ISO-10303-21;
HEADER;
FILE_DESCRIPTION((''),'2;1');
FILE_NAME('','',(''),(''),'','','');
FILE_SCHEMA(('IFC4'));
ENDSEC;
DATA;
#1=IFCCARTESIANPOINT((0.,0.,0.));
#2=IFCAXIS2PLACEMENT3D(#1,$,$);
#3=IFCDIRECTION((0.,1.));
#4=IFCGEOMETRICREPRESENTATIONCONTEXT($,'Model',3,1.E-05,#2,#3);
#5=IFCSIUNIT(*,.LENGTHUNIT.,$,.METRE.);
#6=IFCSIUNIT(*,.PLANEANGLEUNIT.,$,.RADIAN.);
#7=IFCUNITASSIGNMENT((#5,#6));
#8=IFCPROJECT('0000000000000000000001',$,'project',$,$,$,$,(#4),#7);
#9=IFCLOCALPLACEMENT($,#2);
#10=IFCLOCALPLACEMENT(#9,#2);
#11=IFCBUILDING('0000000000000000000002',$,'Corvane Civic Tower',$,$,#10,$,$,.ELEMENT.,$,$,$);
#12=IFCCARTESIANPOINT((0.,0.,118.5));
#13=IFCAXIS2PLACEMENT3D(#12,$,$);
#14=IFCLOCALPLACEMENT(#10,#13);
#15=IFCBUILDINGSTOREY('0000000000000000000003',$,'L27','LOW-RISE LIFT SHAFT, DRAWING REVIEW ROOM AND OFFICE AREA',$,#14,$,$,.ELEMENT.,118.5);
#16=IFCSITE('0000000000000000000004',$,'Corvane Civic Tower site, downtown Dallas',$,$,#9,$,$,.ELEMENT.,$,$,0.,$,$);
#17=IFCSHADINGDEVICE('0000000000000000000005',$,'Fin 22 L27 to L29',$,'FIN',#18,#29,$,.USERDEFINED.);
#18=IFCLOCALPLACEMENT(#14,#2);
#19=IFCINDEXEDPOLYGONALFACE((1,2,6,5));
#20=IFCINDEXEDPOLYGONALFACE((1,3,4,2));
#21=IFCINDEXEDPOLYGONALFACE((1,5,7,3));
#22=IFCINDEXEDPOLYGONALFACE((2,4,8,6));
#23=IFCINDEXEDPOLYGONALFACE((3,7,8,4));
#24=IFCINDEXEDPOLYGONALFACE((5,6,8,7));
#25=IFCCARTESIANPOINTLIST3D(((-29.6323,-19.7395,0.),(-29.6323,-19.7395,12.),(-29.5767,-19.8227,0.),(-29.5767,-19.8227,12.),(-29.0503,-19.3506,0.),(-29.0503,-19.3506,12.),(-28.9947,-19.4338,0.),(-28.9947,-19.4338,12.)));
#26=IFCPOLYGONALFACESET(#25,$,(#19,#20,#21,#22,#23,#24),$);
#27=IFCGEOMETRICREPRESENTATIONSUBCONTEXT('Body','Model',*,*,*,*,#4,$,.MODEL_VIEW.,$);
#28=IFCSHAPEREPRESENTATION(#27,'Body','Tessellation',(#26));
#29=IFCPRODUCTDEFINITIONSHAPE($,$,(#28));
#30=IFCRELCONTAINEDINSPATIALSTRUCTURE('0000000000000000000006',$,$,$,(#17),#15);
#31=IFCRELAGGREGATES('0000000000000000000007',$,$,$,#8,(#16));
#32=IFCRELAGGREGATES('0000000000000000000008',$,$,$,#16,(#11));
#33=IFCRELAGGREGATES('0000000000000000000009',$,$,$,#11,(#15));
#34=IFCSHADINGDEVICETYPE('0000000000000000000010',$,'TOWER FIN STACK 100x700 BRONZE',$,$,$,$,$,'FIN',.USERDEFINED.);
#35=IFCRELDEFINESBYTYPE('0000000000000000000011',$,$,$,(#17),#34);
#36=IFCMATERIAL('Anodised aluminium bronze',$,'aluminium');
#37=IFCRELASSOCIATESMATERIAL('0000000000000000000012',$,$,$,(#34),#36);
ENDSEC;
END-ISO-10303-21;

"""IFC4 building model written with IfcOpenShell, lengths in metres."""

from ifc_helpers import new_model, si_unit, direction, frame, origin, origin_2d, place, context, subcontext, project, spatial, rectangle, extrude, material, material_profile, profile_set, type_object, element, save


model = new_model("IFC4")

# Units and contexts
model_context = context("Model", 3, precision=1e-05, world=origin(), true_north=direction((0.0, 1.0)))
body_context = subcontext(model_context, "Body", "Model", "MODEL_VIEW")
ifc_project = project(units=[si_unit("LENGTHUNIT", "METRE"), si_unit("PLANEANGLEUNIT", "RADIAN")], contexts=[model_context])

# Site, building, storey
site_placement = place(None, origin())
site = spatial("IfcSite", under=ifc_project, at=site_placement, Name="Corvane Civic Tower site, downtown Dallas", CompositionType="ELEMENT", RefElevation=0.0)
building_placement = place(site_placement, origin())
building = spatial("IfcBuilding", under=site, at=building_placement, Name="Corvane Civic Tower", CompositionType="ELEMENT")
storey_placement = place(building_placement, frame((0.0, 0.0, 118.5)))
storey = spatial("IfcBuildingStorey", under=building, at=storey_placement, Name="L27", Description="LOW-RISE LIFT SHAFT, DRAWING REVIEW ROOM AND OFFICE AREA", CompositionType="ELEMENT", Elevation=118.5)

# Shading device
ifc_material_1 = material(Name="Anodised aluminium bronze", Category="aluminium")
ifc_material_profile_1 = material_profile(ifc_material_1, rectangle(XDim=0.1001, YDim=0.7, at=origin_2d()), Name="TOWER FIN STACK 100x700 BRONZE")
ifc_profile_set_1 = profile_set([ifc_material_profile_1], Name="Anodised aluminium bronze")
shading_device_type = type_object("IfcShadingDeviceType", Name="TOWER FIN STACK 100x700 BRONZE", ElementType="FIN", PredefinedType="USERDEFINED", material=ifc_profile_set_1)
for number, where, z_axis, x_axis, name in (
    (1, (-29.3135, -19.5867, 0.0), (0.0, 0.0, 1.0), (-0.55557, 0.83147, 0.0), "Fin 22 L27 to L29"),
):
    element("IfcShadingDevice", number, at=place(storey_placement, frame(where, z_axis=z_axis, x_axis=x_axis)), inside=storey, type_object=shading_device_type, Name=name, ObjectType="FIN", PredefinedType="USERDEFINED", context=body_context, shape_type="SweptSolid", body=[
        extrude(rectangle(XDim=0.1001, YDim=0.7, at=origin_2d()), origin(), (0.0, 0.0, 1.0), 12.0),
    ])

save(model, "model.ifc")
